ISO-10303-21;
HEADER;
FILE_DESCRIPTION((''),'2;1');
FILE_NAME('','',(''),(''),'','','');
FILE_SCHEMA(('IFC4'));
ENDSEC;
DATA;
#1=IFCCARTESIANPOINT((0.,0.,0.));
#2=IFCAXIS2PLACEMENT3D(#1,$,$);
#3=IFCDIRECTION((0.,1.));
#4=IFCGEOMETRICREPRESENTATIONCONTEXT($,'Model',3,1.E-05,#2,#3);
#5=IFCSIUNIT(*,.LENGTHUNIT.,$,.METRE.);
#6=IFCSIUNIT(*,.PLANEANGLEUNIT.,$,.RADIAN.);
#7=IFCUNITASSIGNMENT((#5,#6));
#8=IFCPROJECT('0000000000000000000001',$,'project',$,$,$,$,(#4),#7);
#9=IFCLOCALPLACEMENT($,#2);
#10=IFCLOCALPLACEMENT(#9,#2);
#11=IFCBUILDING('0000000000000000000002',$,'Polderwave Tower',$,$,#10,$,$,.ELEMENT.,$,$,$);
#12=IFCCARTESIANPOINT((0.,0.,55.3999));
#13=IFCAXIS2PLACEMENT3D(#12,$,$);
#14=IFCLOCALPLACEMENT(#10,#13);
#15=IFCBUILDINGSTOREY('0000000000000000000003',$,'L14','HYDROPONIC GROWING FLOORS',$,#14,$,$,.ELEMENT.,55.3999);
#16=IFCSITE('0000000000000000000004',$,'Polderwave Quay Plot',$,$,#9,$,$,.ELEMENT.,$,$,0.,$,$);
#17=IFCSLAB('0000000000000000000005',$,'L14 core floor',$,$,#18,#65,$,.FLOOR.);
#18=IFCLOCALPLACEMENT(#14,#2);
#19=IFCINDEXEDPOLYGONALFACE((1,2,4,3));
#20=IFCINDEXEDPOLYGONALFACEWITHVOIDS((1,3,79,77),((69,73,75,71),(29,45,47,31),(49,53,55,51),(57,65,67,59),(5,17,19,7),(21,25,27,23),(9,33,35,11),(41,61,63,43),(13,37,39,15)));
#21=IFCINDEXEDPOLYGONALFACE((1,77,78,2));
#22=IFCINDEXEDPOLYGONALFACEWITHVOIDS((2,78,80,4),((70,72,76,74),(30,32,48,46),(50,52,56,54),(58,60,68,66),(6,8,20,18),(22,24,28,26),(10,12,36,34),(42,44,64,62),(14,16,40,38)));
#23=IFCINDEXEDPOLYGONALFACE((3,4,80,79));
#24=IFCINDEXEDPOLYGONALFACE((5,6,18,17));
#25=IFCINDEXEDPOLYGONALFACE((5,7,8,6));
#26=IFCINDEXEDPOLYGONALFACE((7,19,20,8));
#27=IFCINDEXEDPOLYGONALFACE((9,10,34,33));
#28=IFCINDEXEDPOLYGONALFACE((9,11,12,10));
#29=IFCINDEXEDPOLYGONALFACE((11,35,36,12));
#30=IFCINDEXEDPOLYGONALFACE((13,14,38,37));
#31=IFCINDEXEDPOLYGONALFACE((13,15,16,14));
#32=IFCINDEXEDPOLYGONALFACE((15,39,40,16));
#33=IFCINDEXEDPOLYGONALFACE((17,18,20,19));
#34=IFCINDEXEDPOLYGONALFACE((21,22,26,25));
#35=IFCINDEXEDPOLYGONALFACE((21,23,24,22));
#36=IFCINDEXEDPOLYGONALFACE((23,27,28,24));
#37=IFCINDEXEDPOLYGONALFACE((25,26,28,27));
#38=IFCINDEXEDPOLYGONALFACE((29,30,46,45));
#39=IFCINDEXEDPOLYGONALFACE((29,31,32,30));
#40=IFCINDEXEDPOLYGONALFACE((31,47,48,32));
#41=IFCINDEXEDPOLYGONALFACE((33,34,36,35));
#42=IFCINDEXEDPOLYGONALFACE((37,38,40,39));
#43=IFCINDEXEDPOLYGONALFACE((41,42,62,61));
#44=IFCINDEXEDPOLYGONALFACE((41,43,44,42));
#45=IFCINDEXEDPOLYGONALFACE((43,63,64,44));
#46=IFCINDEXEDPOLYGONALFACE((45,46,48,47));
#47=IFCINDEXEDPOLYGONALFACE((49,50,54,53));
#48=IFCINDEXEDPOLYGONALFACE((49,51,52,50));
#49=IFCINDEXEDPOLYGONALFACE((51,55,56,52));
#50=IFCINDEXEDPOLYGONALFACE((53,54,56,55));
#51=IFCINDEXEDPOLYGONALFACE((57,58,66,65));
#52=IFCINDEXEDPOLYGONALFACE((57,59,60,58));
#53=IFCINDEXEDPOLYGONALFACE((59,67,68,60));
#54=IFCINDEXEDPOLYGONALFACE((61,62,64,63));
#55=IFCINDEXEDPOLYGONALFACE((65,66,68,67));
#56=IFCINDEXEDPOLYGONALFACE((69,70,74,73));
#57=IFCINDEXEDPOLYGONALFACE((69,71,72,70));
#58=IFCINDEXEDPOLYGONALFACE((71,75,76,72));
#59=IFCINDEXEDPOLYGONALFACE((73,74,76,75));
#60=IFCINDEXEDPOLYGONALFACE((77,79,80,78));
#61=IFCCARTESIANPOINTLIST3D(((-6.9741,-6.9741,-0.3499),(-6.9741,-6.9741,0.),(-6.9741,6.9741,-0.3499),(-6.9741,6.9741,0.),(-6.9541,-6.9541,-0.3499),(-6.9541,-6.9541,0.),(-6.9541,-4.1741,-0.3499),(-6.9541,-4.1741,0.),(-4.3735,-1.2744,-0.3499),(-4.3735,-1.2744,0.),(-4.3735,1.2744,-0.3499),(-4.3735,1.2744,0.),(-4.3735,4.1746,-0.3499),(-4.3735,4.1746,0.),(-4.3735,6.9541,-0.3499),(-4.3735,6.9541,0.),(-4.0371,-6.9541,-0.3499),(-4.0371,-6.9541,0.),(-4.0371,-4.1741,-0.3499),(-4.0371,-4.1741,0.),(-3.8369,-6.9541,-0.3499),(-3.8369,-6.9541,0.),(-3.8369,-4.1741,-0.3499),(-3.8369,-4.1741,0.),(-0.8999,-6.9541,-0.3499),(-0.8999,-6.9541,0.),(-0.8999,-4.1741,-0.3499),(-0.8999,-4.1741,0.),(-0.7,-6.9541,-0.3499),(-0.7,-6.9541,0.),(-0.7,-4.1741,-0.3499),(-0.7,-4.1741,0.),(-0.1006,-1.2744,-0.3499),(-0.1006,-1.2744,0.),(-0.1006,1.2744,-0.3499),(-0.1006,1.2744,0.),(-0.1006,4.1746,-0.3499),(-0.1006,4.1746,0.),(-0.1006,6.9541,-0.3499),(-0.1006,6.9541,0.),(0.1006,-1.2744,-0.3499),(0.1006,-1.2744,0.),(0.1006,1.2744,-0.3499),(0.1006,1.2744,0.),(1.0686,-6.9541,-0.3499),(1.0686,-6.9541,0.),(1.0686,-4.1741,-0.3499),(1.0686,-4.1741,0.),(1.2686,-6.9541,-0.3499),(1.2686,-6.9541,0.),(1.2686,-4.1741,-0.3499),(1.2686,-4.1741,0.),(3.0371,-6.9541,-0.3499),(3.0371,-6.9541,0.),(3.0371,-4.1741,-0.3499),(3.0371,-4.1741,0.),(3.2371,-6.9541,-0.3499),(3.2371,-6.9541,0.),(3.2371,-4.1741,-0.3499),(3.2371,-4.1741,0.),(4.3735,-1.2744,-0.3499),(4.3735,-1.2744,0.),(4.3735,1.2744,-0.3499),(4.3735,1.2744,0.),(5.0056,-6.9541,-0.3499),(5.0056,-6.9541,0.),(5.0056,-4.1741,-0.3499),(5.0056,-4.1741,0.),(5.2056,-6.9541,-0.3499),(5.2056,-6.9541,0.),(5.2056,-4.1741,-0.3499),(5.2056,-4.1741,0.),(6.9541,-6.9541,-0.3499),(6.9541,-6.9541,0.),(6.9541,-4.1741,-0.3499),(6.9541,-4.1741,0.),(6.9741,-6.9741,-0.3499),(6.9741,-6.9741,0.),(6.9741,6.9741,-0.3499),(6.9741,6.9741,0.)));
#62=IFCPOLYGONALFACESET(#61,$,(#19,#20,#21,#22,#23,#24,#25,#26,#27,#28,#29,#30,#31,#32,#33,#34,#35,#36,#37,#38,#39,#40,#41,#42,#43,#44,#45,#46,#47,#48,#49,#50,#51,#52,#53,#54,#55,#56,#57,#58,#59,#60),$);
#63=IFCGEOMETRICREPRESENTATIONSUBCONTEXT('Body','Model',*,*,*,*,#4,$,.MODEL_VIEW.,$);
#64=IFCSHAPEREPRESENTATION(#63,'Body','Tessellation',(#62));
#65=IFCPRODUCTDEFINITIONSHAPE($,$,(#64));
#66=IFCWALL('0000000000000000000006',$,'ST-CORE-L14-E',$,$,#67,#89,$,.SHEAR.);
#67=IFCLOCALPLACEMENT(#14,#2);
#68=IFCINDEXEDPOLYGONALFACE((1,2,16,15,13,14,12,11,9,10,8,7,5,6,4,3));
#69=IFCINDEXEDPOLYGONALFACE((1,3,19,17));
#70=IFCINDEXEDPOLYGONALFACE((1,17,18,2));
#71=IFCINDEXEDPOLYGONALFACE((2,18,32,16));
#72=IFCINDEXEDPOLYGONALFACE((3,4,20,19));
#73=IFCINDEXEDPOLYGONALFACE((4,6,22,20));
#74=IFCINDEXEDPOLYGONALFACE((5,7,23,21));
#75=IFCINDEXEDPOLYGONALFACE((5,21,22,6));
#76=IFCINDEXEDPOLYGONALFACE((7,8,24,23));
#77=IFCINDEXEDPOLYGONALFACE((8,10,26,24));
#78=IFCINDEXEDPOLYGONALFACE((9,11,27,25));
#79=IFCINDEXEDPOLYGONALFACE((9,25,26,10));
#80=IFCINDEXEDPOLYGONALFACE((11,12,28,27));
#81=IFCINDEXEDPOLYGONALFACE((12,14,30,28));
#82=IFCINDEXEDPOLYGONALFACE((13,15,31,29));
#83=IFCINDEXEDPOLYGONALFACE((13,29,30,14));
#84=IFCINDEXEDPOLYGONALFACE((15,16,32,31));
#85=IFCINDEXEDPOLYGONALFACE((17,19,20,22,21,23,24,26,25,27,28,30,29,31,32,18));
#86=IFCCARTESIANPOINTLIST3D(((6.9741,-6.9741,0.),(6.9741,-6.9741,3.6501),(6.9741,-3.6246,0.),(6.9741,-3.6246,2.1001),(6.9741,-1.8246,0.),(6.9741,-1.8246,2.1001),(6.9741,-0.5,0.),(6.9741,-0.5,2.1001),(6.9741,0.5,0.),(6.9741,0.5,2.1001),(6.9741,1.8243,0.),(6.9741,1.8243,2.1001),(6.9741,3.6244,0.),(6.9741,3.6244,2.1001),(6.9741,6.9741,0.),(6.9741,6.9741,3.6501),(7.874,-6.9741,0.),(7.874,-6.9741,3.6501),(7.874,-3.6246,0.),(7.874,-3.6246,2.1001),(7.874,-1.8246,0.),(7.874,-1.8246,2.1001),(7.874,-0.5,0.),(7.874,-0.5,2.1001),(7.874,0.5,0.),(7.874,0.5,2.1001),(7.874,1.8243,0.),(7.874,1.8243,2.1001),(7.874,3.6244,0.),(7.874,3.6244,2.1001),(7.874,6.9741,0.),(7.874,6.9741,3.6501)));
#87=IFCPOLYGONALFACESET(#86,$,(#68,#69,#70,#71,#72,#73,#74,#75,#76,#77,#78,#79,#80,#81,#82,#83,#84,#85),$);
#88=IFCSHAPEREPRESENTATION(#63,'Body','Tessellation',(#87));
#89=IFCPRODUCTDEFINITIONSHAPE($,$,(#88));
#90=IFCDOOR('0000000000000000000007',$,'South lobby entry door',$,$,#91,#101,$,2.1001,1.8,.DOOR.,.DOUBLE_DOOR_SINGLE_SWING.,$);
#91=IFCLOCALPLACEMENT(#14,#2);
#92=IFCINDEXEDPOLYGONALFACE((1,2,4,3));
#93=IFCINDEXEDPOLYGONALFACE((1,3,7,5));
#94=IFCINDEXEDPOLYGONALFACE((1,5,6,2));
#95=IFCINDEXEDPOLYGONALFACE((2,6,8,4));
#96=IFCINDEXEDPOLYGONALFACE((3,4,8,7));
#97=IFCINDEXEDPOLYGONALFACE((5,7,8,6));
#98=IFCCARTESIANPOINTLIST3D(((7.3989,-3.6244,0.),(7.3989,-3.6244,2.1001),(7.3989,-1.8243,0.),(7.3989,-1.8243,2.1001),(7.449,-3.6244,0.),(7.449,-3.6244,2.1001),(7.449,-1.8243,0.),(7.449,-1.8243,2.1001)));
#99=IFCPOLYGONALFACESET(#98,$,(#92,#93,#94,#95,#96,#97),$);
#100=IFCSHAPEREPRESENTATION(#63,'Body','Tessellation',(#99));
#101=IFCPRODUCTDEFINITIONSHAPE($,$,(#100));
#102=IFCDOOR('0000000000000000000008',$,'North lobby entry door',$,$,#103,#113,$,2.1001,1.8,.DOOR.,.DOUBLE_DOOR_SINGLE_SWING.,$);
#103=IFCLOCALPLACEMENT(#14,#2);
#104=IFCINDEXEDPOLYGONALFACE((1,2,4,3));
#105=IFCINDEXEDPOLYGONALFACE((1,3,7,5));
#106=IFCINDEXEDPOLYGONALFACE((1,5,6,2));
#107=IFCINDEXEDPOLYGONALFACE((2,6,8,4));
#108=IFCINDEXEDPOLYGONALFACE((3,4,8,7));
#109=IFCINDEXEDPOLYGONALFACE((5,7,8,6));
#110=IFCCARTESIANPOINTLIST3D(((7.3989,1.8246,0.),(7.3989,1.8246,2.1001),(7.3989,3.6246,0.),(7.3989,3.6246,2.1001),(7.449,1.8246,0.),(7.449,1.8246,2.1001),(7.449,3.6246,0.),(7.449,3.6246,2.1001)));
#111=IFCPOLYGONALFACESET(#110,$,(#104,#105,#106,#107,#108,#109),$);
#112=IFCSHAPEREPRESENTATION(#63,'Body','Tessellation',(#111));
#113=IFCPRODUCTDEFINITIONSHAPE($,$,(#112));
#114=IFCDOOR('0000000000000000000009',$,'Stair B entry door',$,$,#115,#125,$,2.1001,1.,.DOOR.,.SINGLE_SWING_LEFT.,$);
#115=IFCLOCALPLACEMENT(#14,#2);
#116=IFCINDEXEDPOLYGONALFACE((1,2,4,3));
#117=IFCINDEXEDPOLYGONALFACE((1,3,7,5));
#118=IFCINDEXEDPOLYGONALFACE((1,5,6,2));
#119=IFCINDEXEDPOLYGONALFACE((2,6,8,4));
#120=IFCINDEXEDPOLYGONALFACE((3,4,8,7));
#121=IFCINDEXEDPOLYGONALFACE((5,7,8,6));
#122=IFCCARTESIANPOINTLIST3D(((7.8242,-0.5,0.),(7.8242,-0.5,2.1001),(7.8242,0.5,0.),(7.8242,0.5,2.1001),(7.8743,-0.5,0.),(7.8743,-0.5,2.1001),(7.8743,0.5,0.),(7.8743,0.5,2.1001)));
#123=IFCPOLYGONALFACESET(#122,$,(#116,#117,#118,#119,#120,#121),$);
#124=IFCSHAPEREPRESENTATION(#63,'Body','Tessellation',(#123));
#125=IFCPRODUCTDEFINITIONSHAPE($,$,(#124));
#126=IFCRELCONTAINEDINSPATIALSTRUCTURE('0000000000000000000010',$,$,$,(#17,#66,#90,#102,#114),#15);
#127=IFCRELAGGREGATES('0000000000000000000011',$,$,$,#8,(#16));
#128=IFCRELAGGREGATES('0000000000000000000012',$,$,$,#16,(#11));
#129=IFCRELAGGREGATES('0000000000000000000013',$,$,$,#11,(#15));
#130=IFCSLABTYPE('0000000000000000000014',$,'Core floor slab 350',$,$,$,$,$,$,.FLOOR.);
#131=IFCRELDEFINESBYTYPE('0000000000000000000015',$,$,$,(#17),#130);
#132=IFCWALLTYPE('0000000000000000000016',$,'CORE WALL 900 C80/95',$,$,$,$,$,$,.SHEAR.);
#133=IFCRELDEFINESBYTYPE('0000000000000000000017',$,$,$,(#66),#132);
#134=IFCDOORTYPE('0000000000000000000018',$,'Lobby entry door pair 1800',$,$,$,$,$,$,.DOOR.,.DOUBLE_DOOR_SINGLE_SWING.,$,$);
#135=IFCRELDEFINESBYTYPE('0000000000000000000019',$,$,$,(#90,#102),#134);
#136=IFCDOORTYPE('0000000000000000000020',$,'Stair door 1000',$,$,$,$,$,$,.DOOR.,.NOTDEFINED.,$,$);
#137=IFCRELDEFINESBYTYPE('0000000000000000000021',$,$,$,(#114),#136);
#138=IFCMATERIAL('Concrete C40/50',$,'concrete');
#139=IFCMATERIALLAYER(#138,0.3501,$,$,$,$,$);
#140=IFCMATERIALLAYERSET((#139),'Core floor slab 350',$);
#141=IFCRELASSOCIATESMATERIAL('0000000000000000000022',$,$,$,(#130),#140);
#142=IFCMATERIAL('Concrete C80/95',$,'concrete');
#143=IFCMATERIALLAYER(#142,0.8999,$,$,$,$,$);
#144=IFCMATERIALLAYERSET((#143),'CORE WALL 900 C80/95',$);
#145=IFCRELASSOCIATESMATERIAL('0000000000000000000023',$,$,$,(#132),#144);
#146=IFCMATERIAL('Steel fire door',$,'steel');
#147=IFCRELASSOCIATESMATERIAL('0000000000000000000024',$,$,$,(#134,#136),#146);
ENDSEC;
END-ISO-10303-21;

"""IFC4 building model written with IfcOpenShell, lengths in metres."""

from ifc_helpers import new_model, si_unit, direction, frame, frame_2d, origin, place, context, subcontext, project, spatial, polyline, rectangle, outline, extrude, material, layer, layer_set, type_object, element, fill, save


model = new_model("IFC4")

# Units and contexts
model_context = context("Model", 3, precision=1e-05, world=origin(), true_north=direction((0.0, 1.0)))
body_context = subcontext(model_context, "Body", "Model", "MODEL_VIEW")
ifc_project = project(units=[si_unit("LENGTHUNIT", "METRE"), si_unit("PLANEANGLEUNIT", "RADIAN")], contexts=[model_context])

# Site, building, storey
site_placement = place(None, origin())
site = spatial("IfcSite", under=ifc_project, at=site_placement, Name="Polderwave Quay Plot", CompositionType="ELEMENT", RefElevation=0.0)
building_placement = place(site_placement, origin())
building = spatial("IfcBuilding", under=site, at=building_placement, Name="Polderwave Tower", CompositionType="ELEMENT")
storey_placement = place(building_placement, frame((0.0, 0.0, 55.3999)))
storey = spatial("IfcBuildingStorey", under=building, at=storey_placement, Name="L14", Description="HYDROPONIC GROWING FLOORS", CompositionType="ELEMENT", Elevation=55.3999)

# Slab
ifc_material_1 = material(Name="Concrete C40/50", Category="concrete")
ifc_layer_1 = layer(ifc_material_1, 0.3501)
ifc_layer_set_1 = layer_set([ifc_layer_1], Name="Core floor slab 350")
slab_type = type_object("IfcSlabType", Name="Core floor slab 350", PredefinedType="FLOOR", material=ifc_layer_set_1)
slab_placement = place(storey_placement, frame((0.0, 0.0, -0.3499)))
element("IfcSlab", 1, at=slab_placement, inside=storey, type_object=slab_type, Name="L14 core floor", PredefinedType="FLOOR", context=body_context, shape_type="SweptSolid", body=[
    extrude(outline(polyline([(-6.9741, -6.9741), (6.9741, -6.9741), (6.9741, 6.9741), (-6.9741, 6.9741), (-6.9741, -6.9741)]), holes=[polyline([(-6.9541, -6.9541), (-4.0371, -6.9541), (-4.0371, -4.1741), (-6.9541, -4.1741), (-6.9541, -6.9541)]), polyline([(-3.8369, -6.9541), (-0.8999, -6.9541), (-0.8999, -4.1741), (-3.8369, -4.1741), (-3.8369, -6.9541)]), polyline([(-0.7, -6.9541), (1.0686, -6.9541), (1.0686, -4.1741), (-0.7, -4.1741), (-0.7, -6.9541)]), polyline([(1.2686, -6.9541), (3.0371, -6.9541), (3.0371, -4.1741), (1.2686, -4.1741), (1.2686, -6.9541)]), polyline([(3.2371, -6.9541), (5.0056, -6.9541), (5.0056, -4.1741), (3.2371, -4.1741), (3.2371, -6.9541)]), polyline([(5.2056, -6.9541), (6.9541, -6.9541), (6.9541, -4.1741), (5.2056, -4.1741), (5.2056, -6.9541)]), polyline([(-4.3735, -1.2744), (-0.1006, -1.2744), (-0.1006, 1.2744), (-4.3735, 1.2744), (-4.3735, -1.2744)]), polyline([(0.1006, -1.2744), (4.3735, -1.2744), (4.3735, 1.2744), (0.1006, 1.2744), (0.1006, -1.2744)]), polyline([(-4.3735, 4.1746), (-0.1006, 4.1746), (-0.1006, 6.9541), (-4.3735, 6.9541), (-4.3735, 4.1746)])]), origin(), (0.0, 0.0, 1.0), 0.3499),
])

# Wall, openings, doors
ifc_material_2 = material(Name="Concrete C80/95", Category="concrete")
ifc_layer_2 = layer(ifc_material_2, 0.8999)
ifc_layer_set_2 = layer_set([ifc_layer_2], Name="CORE WALL 900 C80/95")
wall_type_1 = type_object("IfcWallType", Name="CORE WALL 900 C80/95", PredefinedType="SHEAR", material=ifc_layer_set_2)
wall_1_placement = place(storey_placement, frame((7.4241, -6.9741, 0.0), z_axis=(0.0, 0.0, 1.0), x_axis=(0.0, 1.0, 0.0)))
wall_1 = element("IfcWall", 2, at=wall_1_placement, inside=storey, type_object=wall_type_1, Name="ST-CORE-L14-E", PredefinedType="SHEAR", context=body_context, shape_type="SweptSolid", body=[
    extrude(rectangle(XDim=13.9482, YDim=0.8999, at=frame_2d((6.9741, 0.0))), origin(), (0.0, 0.0, 1.0), 3.6501),
])
opening_1_placement = place(wall_1_placement, frame((6.4741, 0.0, 0.0)))
opening_1 = element("IfcOpeningElement", 3, at=opening_1_placement, cuts=wall_1, PredefinedType="OPENING", context=body_context, shape_type="SweptSolid", body=[
    extrude(rectangle(XDim=1.0, YDim=2.1001, at=frame_2d((0.5, 1.05))), frame((0.0, 0.46, 0.0), z_axis=(0.0, -1.0, 0.0), x_axis=(1.0, 0.0, 0.0)), (0.0, 0.0, 1.0), 0.9199),
])
opening_2_placement = place(wall_1_placement, frame((3.3496, 0.0, 0.0)))
opening_2 = element("IfcOpeningElement", 4, at=opening_2_placement, cuts=wall_1, PredefinedType="OPENING", context=body_context, shape_type="SweptSolid", body=[
    extrude(rectangle(XDim=1.8, YDim=2.1001, at=frame_2d((0.8999, 1.05))), frame((0.0, 0.46, 0.0), z_axis=(0.0, -1.0, 0.0), x_axis=(1.0, 0.0, 0.0)), (0.0, 0.0, 1.0), 0.9199),
])
opening_3_placement = place(wall_1_placement, frame((8.7986, 0.0, 0.0)))
opening_3 = element("IfcOpeningElement", 5, at=opening_3_placement, cuts=wall_1, PredefinedType="OPENING", context=body_context, shape_type="SweptSolid", body=[
    extrude(rectangle(XDim=1.8, YDim=2.1001, at=frame_2d((0.8999, 1.05))), frame((0.0, 0.46, 0.0), z_axis=(0.0, -1.0, 0.0), x_axis=(1.0, 0.0, 0.0)), (0.0, 0.0, 1.0), 0.9199),
])
ifc_material_3 = material(Name="Steel fire door", Category="steel")
door_type_1 = type_object("IfcDoorType", Name="Lobby entry door pair 1800", OperationType="DOUBLE_DOOR_SINGLE_SWING", PredefinedType="DOOR", material=ifc_material_3)
door_1_placement = place(opening_2_placement, frame((1.8, 0.0, 0.0), z_axis=(0.0, 0.0, 1.0), x_axis=(-1.0, 0.0, 0.0)))
door_1 = element("IfcDoor", 6, at=door_1_placement, inside=storey, type_object=door_type_1, Name="South lobby entry door", OperationType="DOUBLE_DOOR_SINGLE_SWING", OverallHeight=2.1001, OverallWidth=1.8, PredefinedType="DOOR", context=body_context, shape_type="SweptSolid", body=[
    extrude(rectangle(XDim=1.8, YDim=2.1001, at=frame_2d((0.8999, 1.05))), frame((0.0, 0.0249, 0.0), z_axis=(0.0, -1.0, 0.0), x_axis=(1.0, 0.0, 0.0)), (0.0, 0.0, 1.0), 0.05),
])
fill(opening_2, door_1)
door_2_placement = place(opening_3_placement, frame((1.8, 0.0, 0.0), z_axis=(0.0, 0.0, 1.0), x_axis=(-1.0, 0.0, 0.0)))
door_2 = element("IfcDoor", 7, at=door_2_placement, inside=storey, type_object=door_type_1, Name="North lobby entry door", OperationType="DOUBLE_DOOR_SINGLE_SWING", OverallHeight=2.1001, OverallWidth=1.8, PredefinedType="DOOR", context=body_context, shape_type="SweptSolid", body=[
    extrude(rectangle(XDim=1.8, YDim=2.1001, at=frame_2d((0.8999, 1.05))), frame((0.0, 0.0249, 0.0), z_axis=(0.0, -1.0, 0.0), x_axis=(1.0, 0.0, 0.0)), (0.0, 0.0, 1.0), 0.05),
])
fill(opening_3, door_2)
door_type_2 = type_object("IfcDoorType", Name="Stair door 1000", OperationType="NOTDEFINED", PredefinedType="DOOR", material=ifc_material_3)
door_3_placement = place(opening_1_placement, frame((1.0, 0.0, 0.0), z_axis=(0.0, 0.0, 1.0), x_axis=(-1.0, 0.0, 0.0)))
door_3 = element("IfcDoor", 8, at=door_3_placement, inside=storey, type_object=door_type_2, Name="Stair B entry door", OperationType="SINGLE_SWING_LEFT", OverallHeight=2.1001, OverallWidth=1.0, PredefinedType="DOOR", context=body_context, shape_type="SweptSolid", body=[
    extrude(rectangle(XDim=1.0, YDim=2.1001, at=frame_2d((0.5, 1.05))), frame((0.0, 0.4502, 0.0), z_axis=(0.0, -1.0, 0.0), x_axis=(1.0, 0.0, 0.0)), (0.0, 0.0, 1.0), 0.05),
])
fill(opening_1, door_3)

save(model, "model.ifc")
